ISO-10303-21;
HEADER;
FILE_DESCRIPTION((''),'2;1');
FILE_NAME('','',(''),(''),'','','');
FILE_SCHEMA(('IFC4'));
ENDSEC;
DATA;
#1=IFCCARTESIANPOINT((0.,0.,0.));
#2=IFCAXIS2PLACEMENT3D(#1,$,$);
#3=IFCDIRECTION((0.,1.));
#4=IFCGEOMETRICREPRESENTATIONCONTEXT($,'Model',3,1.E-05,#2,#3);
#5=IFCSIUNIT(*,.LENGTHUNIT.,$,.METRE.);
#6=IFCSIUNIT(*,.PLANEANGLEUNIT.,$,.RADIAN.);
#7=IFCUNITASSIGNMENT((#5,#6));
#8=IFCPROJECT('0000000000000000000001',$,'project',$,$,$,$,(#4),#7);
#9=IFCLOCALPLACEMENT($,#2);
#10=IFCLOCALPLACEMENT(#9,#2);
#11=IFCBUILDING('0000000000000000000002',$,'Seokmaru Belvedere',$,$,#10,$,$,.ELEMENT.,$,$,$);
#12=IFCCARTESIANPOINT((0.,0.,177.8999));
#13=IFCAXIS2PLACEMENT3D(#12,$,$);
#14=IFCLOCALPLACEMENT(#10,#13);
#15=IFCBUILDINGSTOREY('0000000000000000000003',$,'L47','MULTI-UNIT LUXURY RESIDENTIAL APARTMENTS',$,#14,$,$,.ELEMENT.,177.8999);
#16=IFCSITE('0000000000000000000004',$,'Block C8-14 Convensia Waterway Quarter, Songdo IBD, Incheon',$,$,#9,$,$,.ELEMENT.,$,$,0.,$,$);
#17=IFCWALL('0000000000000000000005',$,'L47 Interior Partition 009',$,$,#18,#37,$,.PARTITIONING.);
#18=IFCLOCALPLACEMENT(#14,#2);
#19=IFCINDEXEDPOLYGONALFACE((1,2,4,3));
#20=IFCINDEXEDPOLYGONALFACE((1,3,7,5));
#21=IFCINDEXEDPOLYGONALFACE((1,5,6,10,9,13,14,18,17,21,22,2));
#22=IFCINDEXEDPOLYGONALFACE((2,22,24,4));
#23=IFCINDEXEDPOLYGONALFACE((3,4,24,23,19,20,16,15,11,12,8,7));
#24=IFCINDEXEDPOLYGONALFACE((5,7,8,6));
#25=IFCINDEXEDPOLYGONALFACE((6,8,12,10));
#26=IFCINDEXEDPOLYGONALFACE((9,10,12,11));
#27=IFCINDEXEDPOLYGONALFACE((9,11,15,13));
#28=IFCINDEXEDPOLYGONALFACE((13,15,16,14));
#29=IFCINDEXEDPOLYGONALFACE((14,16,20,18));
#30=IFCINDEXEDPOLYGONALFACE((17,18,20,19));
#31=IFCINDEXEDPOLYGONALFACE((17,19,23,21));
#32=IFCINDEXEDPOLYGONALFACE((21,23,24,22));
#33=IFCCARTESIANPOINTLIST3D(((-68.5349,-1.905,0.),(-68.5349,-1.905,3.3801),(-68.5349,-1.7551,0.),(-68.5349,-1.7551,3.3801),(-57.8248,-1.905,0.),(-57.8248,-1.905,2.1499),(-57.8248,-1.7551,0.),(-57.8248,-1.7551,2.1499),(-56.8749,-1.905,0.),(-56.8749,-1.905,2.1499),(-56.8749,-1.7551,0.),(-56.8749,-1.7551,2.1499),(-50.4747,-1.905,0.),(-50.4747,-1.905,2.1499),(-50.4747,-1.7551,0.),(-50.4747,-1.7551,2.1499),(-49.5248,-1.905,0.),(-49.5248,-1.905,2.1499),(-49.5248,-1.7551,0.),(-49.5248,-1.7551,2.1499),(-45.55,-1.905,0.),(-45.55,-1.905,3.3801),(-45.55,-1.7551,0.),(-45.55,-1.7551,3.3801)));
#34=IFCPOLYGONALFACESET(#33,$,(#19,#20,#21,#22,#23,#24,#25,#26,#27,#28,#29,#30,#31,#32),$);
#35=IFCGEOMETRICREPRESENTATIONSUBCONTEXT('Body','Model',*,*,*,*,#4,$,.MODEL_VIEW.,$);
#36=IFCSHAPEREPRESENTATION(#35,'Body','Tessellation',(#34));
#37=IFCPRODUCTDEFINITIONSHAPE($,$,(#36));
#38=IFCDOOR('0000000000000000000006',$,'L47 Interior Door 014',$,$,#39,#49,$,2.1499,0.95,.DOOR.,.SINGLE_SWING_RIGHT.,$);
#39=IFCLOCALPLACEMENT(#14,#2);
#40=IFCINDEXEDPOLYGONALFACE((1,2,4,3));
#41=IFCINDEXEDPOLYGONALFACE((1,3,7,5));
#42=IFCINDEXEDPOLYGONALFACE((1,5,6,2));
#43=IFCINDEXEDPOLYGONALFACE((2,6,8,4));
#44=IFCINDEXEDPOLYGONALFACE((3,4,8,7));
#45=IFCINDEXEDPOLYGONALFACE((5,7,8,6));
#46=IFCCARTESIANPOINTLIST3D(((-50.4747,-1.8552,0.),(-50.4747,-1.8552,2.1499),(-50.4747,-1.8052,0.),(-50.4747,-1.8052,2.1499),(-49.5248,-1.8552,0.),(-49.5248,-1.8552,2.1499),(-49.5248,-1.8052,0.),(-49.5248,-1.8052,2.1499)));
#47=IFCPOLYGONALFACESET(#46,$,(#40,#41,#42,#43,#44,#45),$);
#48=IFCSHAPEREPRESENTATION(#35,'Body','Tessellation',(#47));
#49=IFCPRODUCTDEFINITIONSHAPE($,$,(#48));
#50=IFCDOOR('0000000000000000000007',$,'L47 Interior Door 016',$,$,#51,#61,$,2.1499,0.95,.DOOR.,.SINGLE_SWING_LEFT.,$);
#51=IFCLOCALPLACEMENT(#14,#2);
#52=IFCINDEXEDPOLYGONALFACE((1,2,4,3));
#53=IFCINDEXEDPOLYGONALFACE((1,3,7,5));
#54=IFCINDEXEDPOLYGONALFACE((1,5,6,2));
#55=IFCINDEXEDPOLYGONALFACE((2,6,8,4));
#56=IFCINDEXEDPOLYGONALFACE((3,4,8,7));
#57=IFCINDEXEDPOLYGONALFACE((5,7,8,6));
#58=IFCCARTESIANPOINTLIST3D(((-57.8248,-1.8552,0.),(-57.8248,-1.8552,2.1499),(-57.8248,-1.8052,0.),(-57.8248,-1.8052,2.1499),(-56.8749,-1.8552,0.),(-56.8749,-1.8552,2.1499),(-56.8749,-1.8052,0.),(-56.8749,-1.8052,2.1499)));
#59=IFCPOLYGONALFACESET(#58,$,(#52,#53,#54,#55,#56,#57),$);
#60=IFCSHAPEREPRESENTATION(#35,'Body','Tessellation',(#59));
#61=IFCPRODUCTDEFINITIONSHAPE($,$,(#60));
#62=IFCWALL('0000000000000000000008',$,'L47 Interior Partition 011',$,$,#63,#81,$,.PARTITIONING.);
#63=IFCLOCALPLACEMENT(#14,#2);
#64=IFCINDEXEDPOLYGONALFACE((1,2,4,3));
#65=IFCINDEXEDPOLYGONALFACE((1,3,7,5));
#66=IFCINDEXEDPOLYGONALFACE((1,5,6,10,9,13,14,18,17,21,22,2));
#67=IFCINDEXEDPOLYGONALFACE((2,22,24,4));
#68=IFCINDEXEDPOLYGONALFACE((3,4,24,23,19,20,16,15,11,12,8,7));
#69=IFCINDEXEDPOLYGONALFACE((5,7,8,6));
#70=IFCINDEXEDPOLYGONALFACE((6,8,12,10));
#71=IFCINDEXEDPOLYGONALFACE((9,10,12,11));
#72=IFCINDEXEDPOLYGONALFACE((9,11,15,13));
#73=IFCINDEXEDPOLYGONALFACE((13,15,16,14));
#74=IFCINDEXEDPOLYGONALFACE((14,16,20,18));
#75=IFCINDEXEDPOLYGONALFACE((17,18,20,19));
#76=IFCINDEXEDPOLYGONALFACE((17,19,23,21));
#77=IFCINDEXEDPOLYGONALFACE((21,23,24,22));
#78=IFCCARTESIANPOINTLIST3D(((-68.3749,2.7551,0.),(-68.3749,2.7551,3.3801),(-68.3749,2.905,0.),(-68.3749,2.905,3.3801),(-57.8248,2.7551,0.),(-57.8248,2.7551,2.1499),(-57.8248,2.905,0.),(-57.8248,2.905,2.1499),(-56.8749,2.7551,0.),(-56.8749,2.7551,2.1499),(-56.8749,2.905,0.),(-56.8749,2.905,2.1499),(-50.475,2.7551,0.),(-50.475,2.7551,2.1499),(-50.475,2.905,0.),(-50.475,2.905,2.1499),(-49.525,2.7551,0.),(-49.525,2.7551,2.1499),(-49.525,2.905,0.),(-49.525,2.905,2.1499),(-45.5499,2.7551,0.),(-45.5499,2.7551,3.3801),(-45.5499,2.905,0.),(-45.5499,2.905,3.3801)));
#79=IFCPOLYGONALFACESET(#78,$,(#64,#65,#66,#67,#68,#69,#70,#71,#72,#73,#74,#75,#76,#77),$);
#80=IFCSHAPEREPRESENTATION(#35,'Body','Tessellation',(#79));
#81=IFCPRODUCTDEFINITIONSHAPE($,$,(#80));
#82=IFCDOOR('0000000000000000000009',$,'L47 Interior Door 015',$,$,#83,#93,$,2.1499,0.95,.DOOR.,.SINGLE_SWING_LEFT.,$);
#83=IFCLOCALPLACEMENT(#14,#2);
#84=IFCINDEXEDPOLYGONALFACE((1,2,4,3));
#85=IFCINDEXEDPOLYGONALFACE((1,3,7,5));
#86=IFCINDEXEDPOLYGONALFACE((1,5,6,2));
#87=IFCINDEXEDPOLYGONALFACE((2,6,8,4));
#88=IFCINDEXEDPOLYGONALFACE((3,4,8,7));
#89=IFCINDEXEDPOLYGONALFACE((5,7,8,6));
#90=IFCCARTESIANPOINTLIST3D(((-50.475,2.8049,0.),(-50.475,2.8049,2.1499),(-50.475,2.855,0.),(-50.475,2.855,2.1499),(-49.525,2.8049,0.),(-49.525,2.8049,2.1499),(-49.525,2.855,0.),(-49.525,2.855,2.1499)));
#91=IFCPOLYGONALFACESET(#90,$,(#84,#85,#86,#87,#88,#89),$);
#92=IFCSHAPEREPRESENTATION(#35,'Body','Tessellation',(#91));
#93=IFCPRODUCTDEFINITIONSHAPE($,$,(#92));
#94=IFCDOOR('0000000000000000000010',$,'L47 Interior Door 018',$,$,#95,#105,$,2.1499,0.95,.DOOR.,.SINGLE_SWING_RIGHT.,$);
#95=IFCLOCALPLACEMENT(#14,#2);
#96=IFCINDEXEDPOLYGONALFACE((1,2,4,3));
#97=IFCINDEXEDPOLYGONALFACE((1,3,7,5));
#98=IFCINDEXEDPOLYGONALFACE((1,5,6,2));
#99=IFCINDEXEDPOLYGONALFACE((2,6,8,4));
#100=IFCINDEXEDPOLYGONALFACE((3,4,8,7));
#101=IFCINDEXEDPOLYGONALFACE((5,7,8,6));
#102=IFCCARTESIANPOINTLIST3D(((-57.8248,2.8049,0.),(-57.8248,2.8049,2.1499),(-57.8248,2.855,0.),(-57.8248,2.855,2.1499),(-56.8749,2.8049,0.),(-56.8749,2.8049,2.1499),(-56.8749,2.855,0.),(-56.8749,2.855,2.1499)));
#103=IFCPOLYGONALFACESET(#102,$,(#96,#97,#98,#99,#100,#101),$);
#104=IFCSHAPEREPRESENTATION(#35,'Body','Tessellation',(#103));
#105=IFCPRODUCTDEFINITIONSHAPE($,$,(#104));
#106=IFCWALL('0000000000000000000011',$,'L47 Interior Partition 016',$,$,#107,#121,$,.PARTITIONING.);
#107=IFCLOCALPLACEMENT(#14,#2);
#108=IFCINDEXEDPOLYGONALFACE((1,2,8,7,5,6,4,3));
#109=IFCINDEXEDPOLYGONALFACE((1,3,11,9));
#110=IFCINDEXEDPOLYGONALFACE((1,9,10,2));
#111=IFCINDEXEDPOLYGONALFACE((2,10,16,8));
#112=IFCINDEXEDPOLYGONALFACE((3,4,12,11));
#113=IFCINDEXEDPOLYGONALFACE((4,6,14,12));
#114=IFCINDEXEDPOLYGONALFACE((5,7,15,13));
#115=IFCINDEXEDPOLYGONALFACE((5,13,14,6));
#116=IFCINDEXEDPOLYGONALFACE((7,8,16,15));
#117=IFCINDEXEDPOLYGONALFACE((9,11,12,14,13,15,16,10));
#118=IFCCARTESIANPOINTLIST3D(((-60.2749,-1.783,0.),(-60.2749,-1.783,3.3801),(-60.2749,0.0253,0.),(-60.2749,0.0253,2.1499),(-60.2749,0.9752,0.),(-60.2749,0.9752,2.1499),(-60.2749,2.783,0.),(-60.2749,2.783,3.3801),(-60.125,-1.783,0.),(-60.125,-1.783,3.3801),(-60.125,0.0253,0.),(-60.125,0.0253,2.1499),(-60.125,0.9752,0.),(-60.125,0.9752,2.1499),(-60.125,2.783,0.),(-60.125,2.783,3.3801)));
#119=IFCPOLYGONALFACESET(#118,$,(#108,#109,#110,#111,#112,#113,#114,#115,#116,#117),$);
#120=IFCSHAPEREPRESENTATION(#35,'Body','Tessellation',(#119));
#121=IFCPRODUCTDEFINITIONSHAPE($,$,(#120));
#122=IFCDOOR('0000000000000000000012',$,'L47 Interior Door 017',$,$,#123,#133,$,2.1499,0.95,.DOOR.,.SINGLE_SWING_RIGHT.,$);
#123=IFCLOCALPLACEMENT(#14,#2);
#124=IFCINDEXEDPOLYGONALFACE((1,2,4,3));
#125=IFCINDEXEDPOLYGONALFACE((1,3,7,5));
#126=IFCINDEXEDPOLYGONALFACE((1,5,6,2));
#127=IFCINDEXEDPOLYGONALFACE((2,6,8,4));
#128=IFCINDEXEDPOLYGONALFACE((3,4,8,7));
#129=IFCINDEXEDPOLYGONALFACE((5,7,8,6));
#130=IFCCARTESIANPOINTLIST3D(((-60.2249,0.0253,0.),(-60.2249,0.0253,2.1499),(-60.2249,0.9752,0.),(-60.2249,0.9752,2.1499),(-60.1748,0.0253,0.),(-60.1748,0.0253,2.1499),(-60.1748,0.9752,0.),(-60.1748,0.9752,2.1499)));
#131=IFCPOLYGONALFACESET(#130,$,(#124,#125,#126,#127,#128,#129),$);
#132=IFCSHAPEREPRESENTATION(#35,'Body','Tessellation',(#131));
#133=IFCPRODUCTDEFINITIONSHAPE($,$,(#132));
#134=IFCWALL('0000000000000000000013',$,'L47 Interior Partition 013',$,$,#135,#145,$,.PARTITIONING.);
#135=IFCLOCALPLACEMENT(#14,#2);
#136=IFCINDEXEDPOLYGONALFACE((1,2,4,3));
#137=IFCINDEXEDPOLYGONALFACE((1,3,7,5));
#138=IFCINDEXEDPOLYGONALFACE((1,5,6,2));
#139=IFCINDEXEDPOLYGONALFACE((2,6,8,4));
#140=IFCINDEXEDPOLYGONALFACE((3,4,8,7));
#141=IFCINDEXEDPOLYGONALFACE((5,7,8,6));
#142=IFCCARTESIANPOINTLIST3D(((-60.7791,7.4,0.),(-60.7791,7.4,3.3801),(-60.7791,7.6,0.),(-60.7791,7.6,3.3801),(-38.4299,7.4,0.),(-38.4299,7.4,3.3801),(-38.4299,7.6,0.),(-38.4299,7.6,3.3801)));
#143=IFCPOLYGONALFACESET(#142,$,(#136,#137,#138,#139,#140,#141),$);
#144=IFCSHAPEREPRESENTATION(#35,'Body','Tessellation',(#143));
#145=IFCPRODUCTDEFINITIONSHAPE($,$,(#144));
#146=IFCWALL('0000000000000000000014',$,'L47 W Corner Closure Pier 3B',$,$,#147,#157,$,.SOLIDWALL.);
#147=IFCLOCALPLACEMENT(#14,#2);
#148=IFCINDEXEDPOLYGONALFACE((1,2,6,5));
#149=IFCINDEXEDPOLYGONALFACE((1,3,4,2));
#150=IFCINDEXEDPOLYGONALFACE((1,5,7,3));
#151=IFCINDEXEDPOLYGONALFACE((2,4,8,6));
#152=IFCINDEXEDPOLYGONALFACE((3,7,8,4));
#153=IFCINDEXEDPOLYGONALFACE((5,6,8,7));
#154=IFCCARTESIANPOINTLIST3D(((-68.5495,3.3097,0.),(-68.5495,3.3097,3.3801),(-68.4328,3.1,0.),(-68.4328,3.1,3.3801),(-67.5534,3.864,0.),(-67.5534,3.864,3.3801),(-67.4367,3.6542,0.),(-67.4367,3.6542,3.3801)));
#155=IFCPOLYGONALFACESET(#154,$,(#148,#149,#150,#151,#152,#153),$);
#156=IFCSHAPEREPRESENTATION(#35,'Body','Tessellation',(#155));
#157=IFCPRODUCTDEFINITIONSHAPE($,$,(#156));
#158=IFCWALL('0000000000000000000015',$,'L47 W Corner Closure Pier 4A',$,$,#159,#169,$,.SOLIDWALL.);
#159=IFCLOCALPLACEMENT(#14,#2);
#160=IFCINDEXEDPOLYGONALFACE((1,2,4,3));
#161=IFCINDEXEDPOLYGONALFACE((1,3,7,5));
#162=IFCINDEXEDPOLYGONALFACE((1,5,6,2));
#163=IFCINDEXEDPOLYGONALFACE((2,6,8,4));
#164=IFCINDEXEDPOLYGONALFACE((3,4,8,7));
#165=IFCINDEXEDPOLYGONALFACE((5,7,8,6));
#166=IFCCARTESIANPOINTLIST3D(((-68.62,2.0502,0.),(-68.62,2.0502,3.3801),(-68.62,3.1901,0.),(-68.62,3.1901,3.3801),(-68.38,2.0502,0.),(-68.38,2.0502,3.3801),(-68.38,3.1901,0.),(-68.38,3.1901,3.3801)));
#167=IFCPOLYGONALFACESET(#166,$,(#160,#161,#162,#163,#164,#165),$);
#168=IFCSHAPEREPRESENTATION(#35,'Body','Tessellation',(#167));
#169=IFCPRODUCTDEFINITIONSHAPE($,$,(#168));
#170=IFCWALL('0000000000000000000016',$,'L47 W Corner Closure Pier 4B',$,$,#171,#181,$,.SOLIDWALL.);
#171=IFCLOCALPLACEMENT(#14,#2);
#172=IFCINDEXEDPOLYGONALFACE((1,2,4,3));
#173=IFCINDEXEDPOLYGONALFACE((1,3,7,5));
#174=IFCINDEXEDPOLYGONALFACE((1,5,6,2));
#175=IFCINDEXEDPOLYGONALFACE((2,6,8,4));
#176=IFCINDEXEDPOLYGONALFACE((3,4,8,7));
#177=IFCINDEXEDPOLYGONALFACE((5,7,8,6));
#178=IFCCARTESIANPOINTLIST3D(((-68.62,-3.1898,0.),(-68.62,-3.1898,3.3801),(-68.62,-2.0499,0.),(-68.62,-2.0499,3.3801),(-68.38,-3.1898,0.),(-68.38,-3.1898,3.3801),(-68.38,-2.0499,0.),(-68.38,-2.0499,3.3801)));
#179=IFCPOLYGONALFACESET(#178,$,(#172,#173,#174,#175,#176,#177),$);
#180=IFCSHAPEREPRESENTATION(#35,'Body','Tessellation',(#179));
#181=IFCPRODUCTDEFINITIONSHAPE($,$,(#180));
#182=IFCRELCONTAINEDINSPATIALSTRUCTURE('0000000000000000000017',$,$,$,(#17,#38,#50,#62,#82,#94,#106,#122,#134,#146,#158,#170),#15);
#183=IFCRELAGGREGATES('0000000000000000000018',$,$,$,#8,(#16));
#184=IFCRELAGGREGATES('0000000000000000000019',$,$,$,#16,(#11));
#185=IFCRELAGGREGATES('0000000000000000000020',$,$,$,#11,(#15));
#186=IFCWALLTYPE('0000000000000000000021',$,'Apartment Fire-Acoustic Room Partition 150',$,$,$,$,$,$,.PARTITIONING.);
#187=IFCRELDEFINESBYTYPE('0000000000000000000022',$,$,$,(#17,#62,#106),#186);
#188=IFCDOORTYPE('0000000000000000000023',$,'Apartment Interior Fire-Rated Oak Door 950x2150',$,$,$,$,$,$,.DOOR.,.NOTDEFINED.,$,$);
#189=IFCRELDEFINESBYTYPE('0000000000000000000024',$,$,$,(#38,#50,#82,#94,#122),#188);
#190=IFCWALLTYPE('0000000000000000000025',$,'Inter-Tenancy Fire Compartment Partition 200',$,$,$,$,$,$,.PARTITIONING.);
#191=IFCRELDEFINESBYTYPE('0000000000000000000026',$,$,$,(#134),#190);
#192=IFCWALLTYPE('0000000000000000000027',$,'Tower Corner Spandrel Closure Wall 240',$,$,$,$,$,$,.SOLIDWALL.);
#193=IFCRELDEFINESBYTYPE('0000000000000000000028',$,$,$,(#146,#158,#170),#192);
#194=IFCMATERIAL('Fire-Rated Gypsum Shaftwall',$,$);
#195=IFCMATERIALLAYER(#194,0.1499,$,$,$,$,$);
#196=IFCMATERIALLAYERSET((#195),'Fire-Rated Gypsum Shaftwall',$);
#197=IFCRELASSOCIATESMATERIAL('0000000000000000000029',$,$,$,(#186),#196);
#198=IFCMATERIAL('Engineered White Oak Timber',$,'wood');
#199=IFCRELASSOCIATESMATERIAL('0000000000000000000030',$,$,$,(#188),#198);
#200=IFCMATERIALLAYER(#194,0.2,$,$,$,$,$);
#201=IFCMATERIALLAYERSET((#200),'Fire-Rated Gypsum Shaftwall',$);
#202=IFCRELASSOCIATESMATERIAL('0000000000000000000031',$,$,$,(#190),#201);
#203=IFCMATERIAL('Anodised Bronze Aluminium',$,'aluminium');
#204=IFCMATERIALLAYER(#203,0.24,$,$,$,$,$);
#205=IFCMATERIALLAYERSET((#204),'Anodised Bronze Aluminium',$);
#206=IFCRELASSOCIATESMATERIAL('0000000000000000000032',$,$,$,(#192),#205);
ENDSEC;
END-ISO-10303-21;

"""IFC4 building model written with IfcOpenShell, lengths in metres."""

from ifc_helpers import new_model, si_unit, direction, frame, frame_2d, origin, place, context, subcontext, project, spatial, rectangle, extrude, source, transform, mapped, material, layer, layer_set, type_object, type_shapes, element, fill, save


model = new_model("IFC4")

# Units and contexts
model_context = context("Model", 3, precision=1e-05, world=origin(), true_north=direction((0.0, 1.0)))
body_context = subcontext(model_context, "Body", "Model", "MODEL_VIEW")
ifc_project = project(units=[si_unit("LENGTHUNIT", "METRE"), si_unit("PLANEANGLEUNIT", "RADIAN")], contexts=[model_context])

# Site, building, storey
site_placement = place(None, origin())
site = spatial("IfcSite", under=ifc_project, at=site_placement, Name="Block C8-14 Convensia Waterway Quarter, Songdo IBD, Incheon", CompositionType="ELEMENT", RefElevation=0.0)
building_placement = place(site_placement, origin())
building = spatial("IfcBuilding", under=site, at=building_placement, Name="Seokmaru Belvedere", CompositionType="ELEMENT")
storey_placement = place(building_placement, frame((0.0, 0.0, 177.8999)))
storey = spatial("IfcBuildingStorey", under=building, at=storey_placement, Name="L47", Description="MULTI-UNIT LUXURY RESIDENTIAL APARTMENTS", CompositionType="ELEMENT", Elevation=177.8999)

# Shared definitions
ifc_material_1 = material(Name="Anodised Bronze Aluminium", Category="aluminium")

# Walls, openings, doors
ifc_material_2 = material(Name="Fire-Rated Gypsum Shaftwall")
ifc_layer_1 = layer(ifc_material_2, 0.1499)
ifc_layer_set_1 = layer_set([ifc_layer_1], Name="Fire-Rated Gypsum Shaftwall")
wall_type_1 = type_object("IfcWallType", Name="Apartment Fire-Acoustic Room Partition 150", PredefinedType="PARTITIONING", material=ifc_layer_set_1)
wall_1_placement = place(storey_placement, frame((-68.5349, -1.8301, 0.0), z_axis=(0.0, 0.0, 1.0), x_axis=(1.0, 0.0, 0.0)))
wall_1 = element("IfcWall", 1, at=wall_1_placement, inside=storey, type_object=wall_type_1, Name="L47 Interior Partition 009", PredefinedType="PARTITIONING", context=body_context, shape_type="SweptSolid", body=[
    extrude(rectangle(XDim=22.9849, YDim=0.1499, at=frame_2d((11.4924, 0.0))), origin(), (0.0, 0.0, 1.0), 3.3801),
])
opening_1_placement = place(wall_1_placement, frame((18.0601, 0.0, 0.0)))
opening_1 = element("IfcOpeningElement", 2, at=opening_1_placement, cuts=wall_1, PredefinedType="OPENING", context=body_context, shape_type="SweptSolid", body=[
    extrude(rectangle(XDim=0.95, YDim=2.1499, at=frame_2d((0.4751, 1.075))), frame((0.0, 0.085, 0.0), z_axis=(0.0, -1.0, 0.0), x_axis=(1.0, 0.0, 0.0)), (0.0, 0.0, 1.0), 0.1699),
])
opening_2_placement = place(wall_1_placement, frame((10.71, 0.0, 0.0)))
opening_2 = element("IfcOpeningElement", 3, at=opening_2_placement, cuts=wall_1, PredefinedType="OPENING", context=body_context, shape_type="SweptSolid", body=[
    extrude(rectangle(XDim=0.95, YDim=2.1499, at=frame_2d((0.4751, 1.075))), frame((0.0, 0.085, 0.0), z_axis=(0.0, -1.0, 0.0), x_axis=(1.0, 0.0, 0.0)), (0.0, 0.0, 1.0), 0.1699),
])
ifc_material_3 = material(Name="Engineered White Oak Timber", Category="wood")
door_type = type_object("IfcDoorType", Name="Apartment Interior Fire-Rated Oak Door 950x2150", OperationType="NOTDEFINED", PredefinedType="DOOR", material=ifc_material_3)
shared_shape_1 = source(origin(), body_context, "Body", "SweptSolid", [
    extrude(rectangle(XDim=0.95, YDim=2.1499, at=frame_2d((0.4751, 1.075))), frame((0.0, 0.0249, 0.0), z_axis=(0.0, -1.0, 0.0), x_axis=(1.0, 0.0, 0.0)), (0.0, 0.0, 1.0), 0.05),
])
type_shapes(door_type, [shared_shape_1])
door_1_placement = place(opening_1_placement, origin())
door_1 = element("IfcDoor", 4, at=door_1_placement, inside=storey, type_object=door_type, Name="L47 Interior Door 014", OperationType="SINGLE_SWING_RIGHT", OverallHeight=2.1499, OverallWidth=0.95, PredefinedType="DOOR", context=body_context, shape_type="MappedRepresentation", body=[
    mapped(shared_shape_1, transform((0.0, 0.0, 0.0), scale=1.0)),
])
fill(opening_1, door_1)
door_2_placement = place(opening_2_placement, origin())
door_2 = element("IfcDoor", 5, at=door_2_placement, inside=storey, type_object=door_type, Name="L47 Interior Door 016", OperationType="SINGLE_SWING_LEFT", OverallHeight=2.1499, OverallWidth=0.95, PredefinedType="DOOR", context=body_context, shape_type="MappedRepresentation", body=[
    mapped(shared_shape_1, transform((0.0, 0.0, 0.0), scale=1.0)),
])
fill(opening_2, door_2)
wall_2_placement = place(storey_placement, frame((-68.375, 2.8301, 0.0), z_axis=(0.0, 0.0, 1.0), x_axis=(1.0, 0.0, 0.0)))
wall_2 = element("IfcWall", 6, at=wall_2_placement, inside=storey, type_object=wall_type_1, Name="L47 Interior Partition 011", PredefinedType="PARTITIONING", context=body_context, shape_type="SweptSolid", body=[
    extrude(rectangle(XDim=22.825, YDim=0.1499, at=frame_2d((11.4126, 0.0))), origin(), (0.0, 0.0, 1.0), 3.3801),
])
opening_3_placement = place(wall_2_placement, frame((17.8999, 0.0, 0.0)))
opening_3 = element("IfcOpeningElement", 7, at=opening_3_placement, cuts=wall_2, PredefinedType="OPENING", context=body_context, shape_type="SweptSolid", body=[
    extrude(rectangle(XDim=0.95, YDim=2.1499, at=frame_2d((0.4751, 1.075))), frame((0.0, 0.085, 0.0), z_axis=(0.0, -1.0, 0.0), x_axis=(1.0, 0.0, 0.0)), (0.0, 0.0, 1.0), 0.1699),
])
opening_4_placement = place(wall_2_placement, frame((10.55, 0.0, 0.0)))
opening_4 = element("IfcOpeningElement", 8, at=opening_4_placement, cuts=wall_2, PredefinedType="OPENING", context=body_context, shape_type="SweptSolid", body=[
    extrude(rectangle(XDim=0.95, YDim=2.1499, at=frame_2d((0.4751, 1.075))), frame((0.0, 0.085, 0.0), z_axis=(0.0, -1.0, 0.0), x_axis=(1.0, 0.0, 0.0)), (0.0, 0.0, 1.0), 0.1699),
])
door_3_placement = place(opening_3_placement, origin())
door_3 = element("IfcDoor", 9, at=door_3_placement, inside=storey, type_object=door_type, Name="L47 Interior Door 015", OperationType="SINGLE_SWING_LEFT", OverallHeight=2.1499, OverallWidth=0.95, PredefinedType="DOOR", context=body_context, shape_type="MappedRepresentation", body=[
    mapped(shared_shape_1, transform((0.0, 0.0, 0.0), scale=1.0)),
])
fill(opening_3, door_3)
door_4_placement = place(opening_4_placement, origin())
door_4 = element("IfcDoor", 10, at=door_4_placement, inside=storey, type_object=door_type, Name="L47 Interior Door 018", OperationType="SINGLE_SWING_RIGHT", OverallHeight=2.1499, OverallWidth=0.95, PredefinedType="DOOR", context=body_context, shape_type="MappedRepresentation", body=[
    mapped(shared_shape_1, transform((0.0, 0.0, 0.0), scale=1.0)),
])
fill(opening_4, door_4)

# Wall, opening, door
wall_3_placement = place(storey_placement, frame((-60.2, -1.783, 0.0), z_axis=(0.0, 0.0, 1.0), x_axis=(0.0, 1.0, 0.0)))
wall_3 = element("IfcWall", 11, at=wall_3_placement, inside=storey, type_object=wall_type_1, Name="L47 Interior Partition 016", PredefinedType="PARTITIONING", context=body_context, shape_type="SweptSolid", body=[
    extrude(rectangle(XDim=4.5659, YDim=0.1499, at=frame_2d((2.283, 0.0))), origin(), (0.0, 0.0, 1.0), 3.3801),
])
opening_5_placement = place(wall_3_placement, frame((1.8081, 0.0, 0.0)))
opening_5 = element("IfcOpeningElement", 12, at=opening_5_placement, cuts=wall_3, PredefinedType="OPENING", context=body_context, shape_type="SweptSolid", body=[
    extrude(rectangle(XDim=0.95, YDim=2.1499, at=frame_2d((0.4751, 1.075))), frame((0.0, 0.085, 0.0), z_axis=(0.0, -1.0, 0.0), x_axis=(1.0, 0.0, 0.0)), (0.0, 0.0, 1.0), 0.1699),
])
door_5_placement = place(opening_5_placement, origin())
door_5 = element("IfcDoor", 13, at=door_5_placement, inside=storey, type_object=door_type, Name="L47 Interior Door 017", OperationType="SINGLE_SWING_RIGHT", OverallHeight=2.1499, OverallWidth=0.95, PredefinedType="DOOR", context=body_context, shape_type="MappedRepresentation", body=[
    mapped(shared_shape_1, transform((0.0, 0.0, 0.0), scale=1.0)),
])
fill(opening_5, door_5)

# Walls
ifc_layer_2 = layer(ifc_material_2, 0.2)
ifc_layer_set_2 = layer_set([ifc_layer_2], Name="Fire-Rated Gypsum Shaftwall")
wall_type_2 = type_object("IfcWallType", Name="Inter-Tenancy Fire Compartment Partition 200", PredefinedType="PARTITIONING", material=ifc_layer_set_2)
wall_4_placement = place(storey_placement, frame((-60.7791, 7.5, 0.0), z_axis=(0.0, 0.0, 1.0), x_axis=(1.0, 0.0, 0.0)))
element("IfcWall", 14, at=wall_4_placement, inside=storey, type_object=wall_type_2, Name="L47 Interior Partition 013", PredefinedType="PARTITIONING", context=body_context, shape_type="SweptSolid", body=[
    extrude(rectangle(XDim=22.3491, YDim=0.2, at=frame_2d((11.1746, 0.0))), origin(), (0.0, 0.0, 1.0), 3.3801),
])
ifc_layer_3 = layer(ifc_material_1, 0.24)
ifc_layer_set_3 = layer_set([ifc_layer_3], Name="Anodised Bronze Aluminium")
wall_type_3 = type_object("IfcWallType", Name="Tower Corner Spandrel Closure Wall 240", PredefinedType="SOLIDWALL", material=ifc_layer_set_3)
for number, where, z_axis, x_axis, name in (
    (15, (-67.4951, 3.759, 0.0), (0.0, 0.0, 1.0), (-0.873854, -0.486188, 0.0), "L47 W Corner Closure Pier 3B"),
    (16, (-68.5, 3.1899, 0.0), (0.0, 0.0, 1.0), (0.0, -1.0, 0.0), "L47 W Corner Closure Pier 4A"),
    (17, (-68.5, -2.05, 0.0), (0.0, 0.0, 1.0), (0.0, -1.0, 0.0), "L47 W Corner Closure Pier 4B"),
):
    element("IfcWall", number, at=place(storey_placement, frame(where, z_axis=z_axis, x_axis=x_axis)), inside=storey, type_object=wall_type_3, Name=name, PredefinedType="SOLIDWALL", context=body_context, shape_type="SweptSolid", body=[
        extrude(rectangle(XDim=1.1399, YDim=0.24, at=frame_2d((0.5698, 0.0))), origin(), (0.0, 0.0, 1.0), 3.3801),
    ])

save(model, "model.ifc")
